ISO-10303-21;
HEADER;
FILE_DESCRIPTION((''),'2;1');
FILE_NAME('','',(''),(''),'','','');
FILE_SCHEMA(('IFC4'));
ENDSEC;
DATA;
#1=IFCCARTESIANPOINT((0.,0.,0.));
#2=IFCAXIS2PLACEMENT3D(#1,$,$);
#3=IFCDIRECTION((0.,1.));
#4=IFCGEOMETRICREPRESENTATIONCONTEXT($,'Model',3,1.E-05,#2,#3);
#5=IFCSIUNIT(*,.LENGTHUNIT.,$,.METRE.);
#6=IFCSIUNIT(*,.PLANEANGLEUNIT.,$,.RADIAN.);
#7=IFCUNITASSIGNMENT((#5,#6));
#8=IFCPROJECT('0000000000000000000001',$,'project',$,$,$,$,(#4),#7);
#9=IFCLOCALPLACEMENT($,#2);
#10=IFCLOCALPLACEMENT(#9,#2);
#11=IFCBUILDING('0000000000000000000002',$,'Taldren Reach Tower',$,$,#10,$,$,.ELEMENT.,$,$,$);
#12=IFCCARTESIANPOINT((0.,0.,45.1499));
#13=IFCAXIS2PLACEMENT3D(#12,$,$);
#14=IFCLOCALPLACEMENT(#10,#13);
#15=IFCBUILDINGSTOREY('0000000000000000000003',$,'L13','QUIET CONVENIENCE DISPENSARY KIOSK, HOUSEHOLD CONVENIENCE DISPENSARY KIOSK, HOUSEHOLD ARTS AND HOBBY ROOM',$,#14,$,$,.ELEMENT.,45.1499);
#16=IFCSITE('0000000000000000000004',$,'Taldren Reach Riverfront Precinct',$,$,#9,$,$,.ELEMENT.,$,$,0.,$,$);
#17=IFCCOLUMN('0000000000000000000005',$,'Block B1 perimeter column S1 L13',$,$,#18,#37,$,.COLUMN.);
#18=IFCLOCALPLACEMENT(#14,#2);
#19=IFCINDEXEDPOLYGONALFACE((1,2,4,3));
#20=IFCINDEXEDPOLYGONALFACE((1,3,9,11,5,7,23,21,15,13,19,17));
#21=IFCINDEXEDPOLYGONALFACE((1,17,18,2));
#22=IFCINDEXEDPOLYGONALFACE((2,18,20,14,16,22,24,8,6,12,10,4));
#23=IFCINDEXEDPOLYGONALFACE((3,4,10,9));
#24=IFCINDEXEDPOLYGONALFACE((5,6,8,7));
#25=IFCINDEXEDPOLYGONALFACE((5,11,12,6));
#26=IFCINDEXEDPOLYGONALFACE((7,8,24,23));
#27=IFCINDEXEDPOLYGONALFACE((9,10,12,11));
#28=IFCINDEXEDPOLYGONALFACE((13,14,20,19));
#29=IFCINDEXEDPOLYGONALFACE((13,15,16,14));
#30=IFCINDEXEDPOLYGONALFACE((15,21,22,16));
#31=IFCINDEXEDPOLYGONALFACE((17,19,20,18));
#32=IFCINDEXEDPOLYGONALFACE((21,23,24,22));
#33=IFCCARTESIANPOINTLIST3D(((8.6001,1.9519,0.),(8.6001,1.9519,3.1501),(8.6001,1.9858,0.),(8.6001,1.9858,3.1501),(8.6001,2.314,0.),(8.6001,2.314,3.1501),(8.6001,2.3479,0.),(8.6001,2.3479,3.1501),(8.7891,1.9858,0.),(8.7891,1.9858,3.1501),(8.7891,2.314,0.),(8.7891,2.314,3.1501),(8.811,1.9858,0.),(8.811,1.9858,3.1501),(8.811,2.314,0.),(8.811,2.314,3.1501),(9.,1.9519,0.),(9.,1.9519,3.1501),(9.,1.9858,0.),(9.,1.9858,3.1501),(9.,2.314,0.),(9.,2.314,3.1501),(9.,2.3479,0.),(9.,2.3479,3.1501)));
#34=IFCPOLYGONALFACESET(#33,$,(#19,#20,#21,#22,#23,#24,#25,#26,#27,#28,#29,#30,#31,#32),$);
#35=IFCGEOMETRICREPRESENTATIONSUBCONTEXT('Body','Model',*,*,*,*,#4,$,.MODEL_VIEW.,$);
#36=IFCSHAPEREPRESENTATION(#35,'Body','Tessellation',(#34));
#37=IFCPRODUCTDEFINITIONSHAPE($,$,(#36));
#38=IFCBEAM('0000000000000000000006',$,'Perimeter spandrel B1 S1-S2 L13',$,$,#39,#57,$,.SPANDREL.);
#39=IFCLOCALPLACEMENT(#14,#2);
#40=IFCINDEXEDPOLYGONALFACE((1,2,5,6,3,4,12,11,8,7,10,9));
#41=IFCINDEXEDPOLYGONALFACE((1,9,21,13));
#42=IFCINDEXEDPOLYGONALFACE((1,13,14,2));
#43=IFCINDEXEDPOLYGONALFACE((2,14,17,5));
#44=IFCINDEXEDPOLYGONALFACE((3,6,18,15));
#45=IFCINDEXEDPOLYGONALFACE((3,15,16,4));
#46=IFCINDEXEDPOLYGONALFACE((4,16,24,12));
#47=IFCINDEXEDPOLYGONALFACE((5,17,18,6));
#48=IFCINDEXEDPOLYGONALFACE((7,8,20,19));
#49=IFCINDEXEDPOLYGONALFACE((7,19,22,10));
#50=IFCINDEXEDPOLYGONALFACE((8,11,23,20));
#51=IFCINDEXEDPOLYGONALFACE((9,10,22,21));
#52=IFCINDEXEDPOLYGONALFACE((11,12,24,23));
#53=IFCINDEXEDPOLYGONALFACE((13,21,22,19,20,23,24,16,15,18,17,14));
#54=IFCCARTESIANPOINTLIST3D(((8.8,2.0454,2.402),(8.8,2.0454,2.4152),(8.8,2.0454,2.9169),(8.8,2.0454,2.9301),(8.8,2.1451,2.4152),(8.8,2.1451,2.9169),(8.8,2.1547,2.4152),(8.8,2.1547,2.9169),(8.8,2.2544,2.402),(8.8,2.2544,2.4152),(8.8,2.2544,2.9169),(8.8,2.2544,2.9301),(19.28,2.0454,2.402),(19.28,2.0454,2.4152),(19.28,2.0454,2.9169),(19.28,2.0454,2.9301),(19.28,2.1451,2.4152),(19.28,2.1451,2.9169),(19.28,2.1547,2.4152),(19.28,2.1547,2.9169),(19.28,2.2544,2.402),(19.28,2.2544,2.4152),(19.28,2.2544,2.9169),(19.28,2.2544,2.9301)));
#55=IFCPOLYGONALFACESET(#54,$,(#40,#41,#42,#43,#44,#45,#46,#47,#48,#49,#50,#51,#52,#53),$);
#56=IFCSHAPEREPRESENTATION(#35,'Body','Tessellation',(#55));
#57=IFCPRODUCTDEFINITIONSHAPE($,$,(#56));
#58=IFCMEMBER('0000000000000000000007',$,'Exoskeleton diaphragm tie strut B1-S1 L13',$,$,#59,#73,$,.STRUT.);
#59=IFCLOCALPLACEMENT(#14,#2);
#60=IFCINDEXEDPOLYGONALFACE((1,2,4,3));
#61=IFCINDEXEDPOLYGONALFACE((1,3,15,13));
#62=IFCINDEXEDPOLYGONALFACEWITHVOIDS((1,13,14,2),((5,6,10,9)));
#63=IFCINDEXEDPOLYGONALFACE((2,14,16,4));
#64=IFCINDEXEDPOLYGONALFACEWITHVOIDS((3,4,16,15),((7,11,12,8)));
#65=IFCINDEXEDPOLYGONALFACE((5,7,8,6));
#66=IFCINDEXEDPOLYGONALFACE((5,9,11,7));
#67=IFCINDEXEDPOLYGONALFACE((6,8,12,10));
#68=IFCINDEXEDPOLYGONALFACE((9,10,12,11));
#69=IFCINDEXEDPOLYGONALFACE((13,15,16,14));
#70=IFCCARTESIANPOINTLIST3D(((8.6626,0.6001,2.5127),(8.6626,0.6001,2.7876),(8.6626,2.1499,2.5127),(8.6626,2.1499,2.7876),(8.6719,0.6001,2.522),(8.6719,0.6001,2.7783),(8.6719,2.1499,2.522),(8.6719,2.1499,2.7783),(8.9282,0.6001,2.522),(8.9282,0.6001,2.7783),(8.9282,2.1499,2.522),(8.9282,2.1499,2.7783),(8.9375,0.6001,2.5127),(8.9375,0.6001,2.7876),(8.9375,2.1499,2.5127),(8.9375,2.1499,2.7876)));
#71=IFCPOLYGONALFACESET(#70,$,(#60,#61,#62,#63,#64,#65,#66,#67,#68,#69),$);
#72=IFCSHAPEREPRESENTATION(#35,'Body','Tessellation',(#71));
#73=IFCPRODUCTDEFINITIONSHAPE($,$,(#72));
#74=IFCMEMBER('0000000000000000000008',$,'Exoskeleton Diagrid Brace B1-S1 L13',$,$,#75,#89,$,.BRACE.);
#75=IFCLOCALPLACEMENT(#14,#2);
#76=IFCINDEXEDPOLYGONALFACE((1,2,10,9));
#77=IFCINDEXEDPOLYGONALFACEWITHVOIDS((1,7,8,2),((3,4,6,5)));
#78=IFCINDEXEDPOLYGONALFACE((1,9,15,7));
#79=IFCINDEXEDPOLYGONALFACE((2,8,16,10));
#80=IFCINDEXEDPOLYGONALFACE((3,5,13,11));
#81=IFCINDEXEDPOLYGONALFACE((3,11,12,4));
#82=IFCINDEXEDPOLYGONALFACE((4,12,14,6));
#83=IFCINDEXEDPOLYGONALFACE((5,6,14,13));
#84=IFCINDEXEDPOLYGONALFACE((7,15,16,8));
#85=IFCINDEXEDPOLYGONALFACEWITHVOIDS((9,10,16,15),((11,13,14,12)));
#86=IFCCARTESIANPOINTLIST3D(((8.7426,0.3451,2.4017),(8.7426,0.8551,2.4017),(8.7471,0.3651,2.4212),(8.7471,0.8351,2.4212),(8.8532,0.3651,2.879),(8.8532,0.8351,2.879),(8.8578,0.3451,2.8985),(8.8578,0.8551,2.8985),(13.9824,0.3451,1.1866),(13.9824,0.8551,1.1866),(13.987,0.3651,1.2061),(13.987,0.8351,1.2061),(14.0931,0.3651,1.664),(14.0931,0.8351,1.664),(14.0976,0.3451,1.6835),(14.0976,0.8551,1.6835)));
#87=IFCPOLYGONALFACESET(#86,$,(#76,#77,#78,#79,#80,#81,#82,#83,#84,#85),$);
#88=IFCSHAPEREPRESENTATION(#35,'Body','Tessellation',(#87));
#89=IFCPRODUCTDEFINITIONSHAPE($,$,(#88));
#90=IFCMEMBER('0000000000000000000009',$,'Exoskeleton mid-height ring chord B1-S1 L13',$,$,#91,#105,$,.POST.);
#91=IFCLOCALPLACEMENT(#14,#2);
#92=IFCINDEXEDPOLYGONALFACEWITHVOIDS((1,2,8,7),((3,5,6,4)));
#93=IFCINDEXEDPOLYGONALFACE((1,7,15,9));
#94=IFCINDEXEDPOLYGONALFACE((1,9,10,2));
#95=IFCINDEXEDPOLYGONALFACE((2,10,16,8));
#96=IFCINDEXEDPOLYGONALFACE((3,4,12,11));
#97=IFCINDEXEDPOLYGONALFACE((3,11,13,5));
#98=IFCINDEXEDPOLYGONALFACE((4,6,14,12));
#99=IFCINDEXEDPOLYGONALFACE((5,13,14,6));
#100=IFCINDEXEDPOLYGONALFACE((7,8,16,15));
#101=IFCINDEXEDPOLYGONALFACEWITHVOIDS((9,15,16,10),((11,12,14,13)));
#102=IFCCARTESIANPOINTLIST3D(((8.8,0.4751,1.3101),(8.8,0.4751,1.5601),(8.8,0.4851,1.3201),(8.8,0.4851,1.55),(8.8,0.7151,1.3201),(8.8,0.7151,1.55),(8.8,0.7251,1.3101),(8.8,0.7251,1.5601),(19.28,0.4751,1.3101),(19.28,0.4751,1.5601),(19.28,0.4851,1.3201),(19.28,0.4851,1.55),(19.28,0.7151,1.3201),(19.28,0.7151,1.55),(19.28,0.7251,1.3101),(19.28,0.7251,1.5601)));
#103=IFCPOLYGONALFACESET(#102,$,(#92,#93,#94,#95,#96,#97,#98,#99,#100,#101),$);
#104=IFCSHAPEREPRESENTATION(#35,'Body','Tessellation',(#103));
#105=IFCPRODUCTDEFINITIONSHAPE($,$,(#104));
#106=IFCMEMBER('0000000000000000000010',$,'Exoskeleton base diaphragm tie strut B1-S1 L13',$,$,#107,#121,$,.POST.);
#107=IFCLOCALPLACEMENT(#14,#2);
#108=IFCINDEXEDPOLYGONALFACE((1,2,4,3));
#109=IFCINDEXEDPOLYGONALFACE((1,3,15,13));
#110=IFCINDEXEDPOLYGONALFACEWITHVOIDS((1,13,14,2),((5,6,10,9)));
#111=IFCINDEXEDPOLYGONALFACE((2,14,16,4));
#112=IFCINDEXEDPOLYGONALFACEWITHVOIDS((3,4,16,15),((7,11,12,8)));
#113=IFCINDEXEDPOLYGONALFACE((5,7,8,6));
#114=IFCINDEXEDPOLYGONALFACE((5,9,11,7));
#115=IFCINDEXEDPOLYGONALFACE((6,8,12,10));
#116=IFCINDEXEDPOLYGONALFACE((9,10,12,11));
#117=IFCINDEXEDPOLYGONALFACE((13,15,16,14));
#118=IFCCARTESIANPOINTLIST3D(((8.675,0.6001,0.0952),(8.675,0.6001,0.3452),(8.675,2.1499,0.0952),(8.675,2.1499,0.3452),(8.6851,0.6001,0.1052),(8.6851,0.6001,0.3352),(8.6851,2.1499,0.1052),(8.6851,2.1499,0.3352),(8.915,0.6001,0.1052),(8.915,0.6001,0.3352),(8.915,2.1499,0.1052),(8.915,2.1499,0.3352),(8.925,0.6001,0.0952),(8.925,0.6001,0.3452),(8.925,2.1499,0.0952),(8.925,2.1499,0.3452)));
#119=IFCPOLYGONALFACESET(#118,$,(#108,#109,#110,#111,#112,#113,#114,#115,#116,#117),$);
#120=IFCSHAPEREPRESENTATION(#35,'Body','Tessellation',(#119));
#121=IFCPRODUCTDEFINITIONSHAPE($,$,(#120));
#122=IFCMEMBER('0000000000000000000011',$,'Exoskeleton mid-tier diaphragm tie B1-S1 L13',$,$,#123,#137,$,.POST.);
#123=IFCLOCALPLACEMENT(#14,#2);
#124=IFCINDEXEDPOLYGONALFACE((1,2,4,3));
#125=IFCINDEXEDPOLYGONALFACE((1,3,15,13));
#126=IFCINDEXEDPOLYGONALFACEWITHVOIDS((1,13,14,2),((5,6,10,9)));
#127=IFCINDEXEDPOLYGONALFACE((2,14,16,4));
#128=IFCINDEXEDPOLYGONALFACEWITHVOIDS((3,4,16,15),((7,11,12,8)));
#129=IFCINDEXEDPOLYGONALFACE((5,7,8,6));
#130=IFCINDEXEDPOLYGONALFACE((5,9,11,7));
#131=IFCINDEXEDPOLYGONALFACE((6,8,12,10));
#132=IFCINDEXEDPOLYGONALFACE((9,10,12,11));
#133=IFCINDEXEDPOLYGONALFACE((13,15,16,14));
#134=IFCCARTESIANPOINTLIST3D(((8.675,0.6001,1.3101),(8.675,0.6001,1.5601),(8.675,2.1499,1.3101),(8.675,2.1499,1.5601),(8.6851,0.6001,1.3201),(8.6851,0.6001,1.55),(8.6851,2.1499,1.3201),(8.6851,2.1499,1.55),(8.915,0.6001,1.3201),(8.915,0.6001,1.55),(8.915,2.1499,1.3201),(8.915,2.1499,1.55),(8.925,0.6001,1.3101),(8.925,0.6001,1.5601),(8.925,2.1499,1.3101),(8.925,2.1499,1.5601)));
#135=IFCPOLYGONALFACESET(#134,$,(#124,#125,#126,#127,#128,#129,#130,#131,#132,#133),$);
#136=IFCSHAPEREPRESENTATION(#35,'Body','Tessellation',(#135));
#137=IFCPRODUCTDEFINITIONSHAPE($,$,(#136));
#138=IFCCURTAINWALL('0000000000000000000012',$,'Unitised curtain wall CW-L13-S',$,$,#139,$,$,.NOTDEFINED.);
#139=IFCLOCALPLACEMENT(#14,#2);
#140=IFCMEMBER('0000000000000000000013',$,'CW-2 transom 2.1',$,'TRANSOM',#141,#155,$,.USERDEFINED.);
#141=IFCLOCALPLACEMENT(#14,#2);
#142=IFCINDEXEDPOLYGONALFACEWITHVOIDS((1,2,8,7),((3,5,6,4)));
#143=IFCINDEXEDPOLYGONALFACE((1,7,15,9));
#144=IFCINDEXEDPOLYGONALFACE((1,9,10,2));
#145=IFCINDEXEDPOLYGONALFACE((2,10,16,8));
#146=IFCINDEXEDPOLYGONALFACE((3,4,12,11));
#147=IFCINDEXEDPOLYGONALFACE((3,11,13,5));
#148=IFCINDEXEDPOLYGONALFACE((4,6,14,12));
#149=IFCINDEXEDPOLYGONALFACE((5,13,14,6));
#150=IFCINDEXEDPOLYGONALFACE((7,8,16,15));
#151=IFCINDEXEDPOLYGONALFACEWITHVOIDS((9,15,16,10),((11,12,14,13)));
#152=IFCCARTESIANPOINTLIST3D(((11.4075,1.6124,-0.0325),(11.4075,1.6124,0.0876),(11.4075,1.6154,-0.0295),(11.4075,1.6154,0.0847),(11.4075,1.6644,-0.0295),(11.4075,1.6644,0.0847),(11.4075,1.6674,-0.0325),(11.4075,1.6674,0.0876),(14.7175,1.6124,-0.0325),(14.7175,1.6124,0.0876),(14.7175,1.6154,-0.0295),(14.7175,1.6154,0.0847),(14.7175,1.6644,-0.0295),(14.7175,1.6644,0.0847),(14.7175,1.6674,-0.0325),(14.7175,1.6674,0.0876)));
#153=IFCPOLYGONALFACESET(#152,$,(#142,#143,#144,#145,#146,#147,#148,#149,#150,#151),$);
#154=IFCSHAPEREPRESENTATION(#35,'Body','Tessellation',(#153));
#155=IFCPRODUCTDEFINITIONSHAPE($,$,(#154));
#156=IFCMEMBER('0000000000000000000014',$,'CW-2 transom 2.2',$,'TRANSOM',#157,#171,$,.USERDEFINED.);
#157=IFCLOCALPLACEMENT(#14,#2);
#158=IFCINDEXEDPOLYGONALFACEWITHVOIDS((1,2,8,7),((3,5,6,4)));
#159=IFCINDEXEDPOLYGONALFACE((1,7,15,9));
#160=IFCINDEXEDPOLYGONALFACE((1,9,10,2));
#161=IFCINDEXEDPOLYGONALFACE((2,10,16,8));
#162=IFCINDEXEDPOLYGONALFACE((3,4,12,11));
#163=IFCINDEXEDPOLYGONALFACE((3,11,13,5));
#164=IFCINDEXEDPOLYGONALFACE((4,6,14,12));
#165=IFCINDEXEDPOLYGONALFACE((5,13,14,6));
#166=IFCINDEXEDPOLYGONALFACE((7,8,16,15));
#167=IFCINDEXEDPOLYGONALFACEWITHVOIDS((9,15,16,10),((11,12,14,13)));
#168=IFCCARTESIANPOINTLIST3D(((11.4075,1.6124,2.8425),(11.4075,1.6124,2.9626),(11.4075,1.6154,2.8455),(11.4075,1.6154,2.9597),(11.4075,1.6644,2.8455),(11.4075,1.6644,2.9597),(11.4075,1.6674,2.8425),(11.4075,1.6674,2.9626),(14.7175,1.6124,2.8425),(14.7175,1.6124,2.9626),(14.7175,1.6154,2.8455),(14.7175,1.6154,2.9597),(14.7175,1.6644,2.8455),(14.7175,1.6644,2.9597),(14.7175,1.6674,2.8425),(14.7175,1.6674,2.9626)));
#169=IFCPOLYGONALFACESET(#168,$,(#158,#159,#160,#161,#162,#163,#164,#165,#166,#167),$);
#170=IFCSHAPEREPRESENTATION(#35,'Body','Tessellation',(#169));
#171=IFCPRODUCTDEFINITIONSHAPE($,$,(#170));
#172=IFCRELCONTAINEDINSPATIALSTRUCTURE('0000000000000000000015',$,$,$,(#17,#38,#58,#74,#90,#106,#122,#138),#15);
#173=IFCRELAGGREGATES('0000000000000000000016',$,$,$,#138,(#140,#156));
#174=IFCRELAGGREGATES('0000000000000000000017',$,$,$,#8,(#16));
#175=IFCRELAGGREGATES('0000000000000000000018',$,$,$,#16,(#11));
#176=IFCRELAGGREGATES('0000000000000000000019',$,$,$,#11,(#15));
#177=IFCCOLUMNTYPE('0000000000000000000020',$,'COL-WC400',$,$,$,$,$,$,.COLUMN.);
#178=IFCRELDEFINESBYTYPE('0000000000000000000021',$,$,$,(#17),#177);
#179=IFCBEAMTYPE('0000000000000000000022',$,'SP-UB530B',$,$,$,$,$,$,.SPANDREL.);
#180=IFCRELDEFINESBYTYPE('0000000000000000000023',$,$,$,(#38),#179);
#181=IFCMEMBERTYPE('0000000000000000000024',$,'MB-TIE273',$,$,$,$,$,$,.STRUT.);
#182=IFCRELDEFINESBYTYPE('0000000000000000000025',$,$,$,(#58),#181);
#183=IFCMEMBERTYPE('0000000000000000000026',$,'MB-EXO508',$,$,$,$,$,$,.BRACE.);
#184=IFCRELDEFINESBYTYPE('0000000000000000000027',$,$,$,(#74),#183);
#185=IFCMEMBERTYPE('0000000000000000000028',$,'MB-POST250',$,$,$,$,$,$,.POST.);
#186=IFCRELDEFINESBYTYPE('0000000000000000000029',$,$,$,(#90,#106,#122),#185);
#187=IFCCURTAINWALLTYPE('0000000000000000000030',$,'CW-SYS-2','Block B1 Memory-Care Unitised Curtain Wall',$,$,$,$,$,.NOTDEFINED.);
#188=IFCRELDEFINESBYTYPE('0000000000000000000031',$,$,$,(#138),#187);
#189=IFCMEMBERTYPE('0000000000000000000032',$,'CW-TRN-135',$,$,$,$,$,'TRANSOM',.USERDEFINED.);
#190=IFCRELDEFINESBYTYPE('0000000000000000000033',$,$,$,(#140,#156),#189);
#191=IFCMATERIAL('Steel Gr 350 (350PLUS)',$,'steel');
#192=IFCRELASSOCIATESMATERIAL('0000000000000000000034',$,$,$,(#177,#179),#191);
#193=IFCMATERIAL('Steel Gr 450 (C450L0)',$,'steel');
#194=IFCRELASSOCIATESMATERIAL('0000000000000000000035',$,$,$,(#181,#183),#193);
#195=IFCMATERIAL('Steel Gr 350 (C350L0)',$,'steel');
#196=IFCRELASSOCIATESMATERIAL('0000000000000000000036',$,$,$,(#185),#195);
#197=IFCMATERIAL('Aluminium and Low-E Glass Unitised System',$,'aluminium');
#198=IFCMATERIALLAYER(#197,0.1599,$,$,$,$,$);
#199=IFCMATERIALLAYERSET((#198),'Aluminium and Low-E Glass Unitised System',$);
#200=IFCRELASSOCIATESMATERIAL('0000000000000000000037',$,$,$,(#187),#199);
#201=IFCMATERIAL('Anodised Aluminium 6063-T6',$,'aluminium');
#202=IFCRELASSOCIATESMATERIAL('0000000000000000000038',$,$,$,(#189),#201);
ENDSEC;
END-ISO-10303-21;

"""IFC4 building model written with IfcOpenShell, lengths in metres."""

from ifc_helpers import new_model, si_unit, direction, frame, origin, origin_2d, place, context, subcontext, project, spatial, hollow_rectangle, i_section, extrude, source, transform, mapped, material, layer, layer_set, material_profile, profile_set, type_object, element, aggregate, save


model = new_model("IFC4")

# Units and contexts
model_context = context("Model", 3, precision=1e-05, world=origin(), true_north=direction((0.0, 1.0)))
body_context = subcontext(model_context, "Body", "Model", "MODEL_VIEW")
ifc_project = project(units=[si_unit("LENGTHUNIT", "METRE"), si_unit("PLANEANGLEUNIT", "RADIAN")], contexts=[model_context])

# Site, building, storey
site_placement = place(None, origin())
site = spatial("IfcSite", under=ifc_project, at=site_placement, Name="Taldren Reach Riverfront Precinct", CompositionType="ELEMENT", RefElevation=0.0)
building_placement = place(site_placement, origin())
building = spatial("IfcBuilding", under=site, at=building_placement, Name="Taldren Reach Tower", CompositionType="ELEMENT")
storey_placement = place(building_placement, frame((0.0, 0.0, 45.1499)))
storey = spatial("IfcBuildingStorey", under=building, at=storey_placement, Name="L13", Description="QUIET CONVENIENCE DISPENSARY KIOSK, HOUSEHOLD CONVENIENCE DISPENSARY KIOSK, HOUSEHOLD ARTS AND HOBBY ROOM", CompositionType="ELEMENT", Elevation=45.1499)

# Column
ifc_material_1 = material(Name="Steel Gr 350 (350PLUS)", Category="steel")
ifc_material_profile_1 = material_profile(ifc_material_1, i_section(OverallWidth=0.3999, OverallDepth=0.396, WebThickness=0.022, FlangeThickness=0.0339, at=origin_2d()), Name="400WC270")
ifc_profile_set_1 = profile_set([ifc_material_profile_1], Name="Steel Gr 350 (350PLUS)")
column_type = type_object("IfcColumnType", Name="COL-WC400", PredefinedType="COLUMN", material=ifc_profile_set_1)
shared_shape_1 = source(origin(), body_context, "Body", "SweptSolid", [
    extrude(i_section(OverallWidth=0.3999, OverallDepth=0.396, WebThickness=0.022, FlangeThickness=0.0339, at=origin_2d()), origin(), (0.0, 0.0, 1.0), 3.1501),
])
column_placement = place(storey_placement, frame((8.8, 2.1499, 0.0), z_axis=(0.0, 0.0, 1.0), x_axis=(1.0, 0.0, 0.0)))
element("IfcColumn", 1, at=column_placement, inside=storey, type_object=column_type, Name="Block B1 perimeter column S1 L13", PredefinedType="COLUMN", context=body_context, shape_type="MappedRepresentation", body=[
    mapped(shared_shape_1, transform((0.0, 0.0, 0.0), scale=1.0)),
])

# Beam
ifc_material_profile_2 = material_profile(ifc_material_1, i_section(OverallWidth=0.209, OverallDepth=0.5281, WebThickness=0.0095, FlangeThickness=0.0132, at=origin_2d()), Name="530UB82.0")
ifc_profile_set_2 = profile_set([ifc_material_profile_2], Name="Steel Gr 350 (350PLUS)")
beam_type = type_object("IfcBeamType", Name="SP-UB530B", PredefinedType="SPANDREL", material=ifc_profile_set_2)
shared_shape_2 = source(origin(), body_context, "Body", "SweptSolid", [
    extrude(i_section(OverallWidth=0.209, OverallDepth=0.5281, WebThickness=0.0095, FlangeThickness=0.0132, at=origin_2d()), origin(), (0.0, 0.0, 1.0), 10.48),
])
beam_placement = place(storey_placement, frame((8.8, 2.1499, 2.666), z_axis=(1.0, 0.0, 0.0), x_axis=(0.0, 1.0, 0.0)))
element("IfcBeam", 2, at=beam_placement, inside=storey, type_object=beam_type, Name="Perimeter spandrel B1 S1-S2 L13", PredefinedType="SPANDREL", context=body_context, shape_type="MappedRepresentation", body=[
    mapped(shared_shape_2, transform((0.0, 0.0, 0.0), scale=1.0)),
])

# Members
ifc_material_2 = material(Name="Steel Gr 450 (C450L0)", Category="steel")
ifc_material_profile_3 = material_profile(ifc_material_2, hollow_rectangle(XDim=0.2749, YDim=0.2749, WallThickness=0.0093, at=origin_2d()), Name="275x275x9.3SHS")
ifc_profile_set_3 = profile_set([ifc_material_profile_3], Name="Steel Gr 450 (C450L0)")
member_type_1 = type_object("IfcMemberType", Name="MB-TIE273", PredefinedType="STRUT", material=ifc_profile_set_3)
shared_shape_3 = source(origin(), body_context, "Body", "SweptSolid", [
    extrude(hollow_rectangle(XDim=0.2749, YDim=0.2749, WallThickness=0.0093, at=origin_2d()), origin(), (0.0, 0.0, 1.0), 1.5498),
])
member_1_placement = place(storey_placement, frame((8.8, 2.1499, 2.6501), z_axis=(0.0, -1.0, 0.0), x_axis=(1.0, 0.0, 0.0)))
element("IfcMember", 3, at=member_1_placement, inside=storey, type_object=member_type_1, Name="Exoskeleton diaphragm tie strut B1-S1 L13", PredefinedType="STRUT", context=body_context, shape_type="MappedRepresentation", body=[
    mapped(shared_shape_3, transform((0.0, 0.0, 0.0), scale=1.0)),
])
ifc_material_profile_4 = material_profile(ifc_material_2, hollow_rectangle(XDim=0.51, YDim=0.51, WallThickness=0.02, at=origin_2d()), Name="510x510x20.0SHS")
ifc_profile_set_4 = profile_set([ifc_material_profile_4], Name="Steel Gr 450 (C450L0)")
member_type_2 = type_object("IfcMemberType", Name="MB-EXO508", PredefinedType="BRACE", material=ifc_profile_set_4)
shared_shape_4 = source(origin(), body_context, "Body", "SweptSolid", [
    extrude(hollow_rectangle(XDim=0.51, YDim=0.51, WallThickness=0.02, at=origin_2d()), origin(), (0.0, 0.0, 1.0), 5.3789),
])
member_2_placement = place(storey_placement, frame((14.04, 0.6001, 1.4351), z_axis=(-0.974152, 0.0, 0.225894), x_axis=(0.0, -1.0, 0.0)))
element("IfcMember", 4, at=member_2_placement, inside=storey, type_object=member_type_2, Name="Exoskeleton Diagrid Brace B1-S1 L13", PredefinedType="BRACE", context=body_context, shape_type="MappedRepresentation", body=[
    mapped(shared_shape_4, transform((0.0, 0.0, 0.0), scale=1.0)),
])
ifc_material_3 = material(Name="Steel Gr 350 (C350L0)", Category="steel")
ifc_material_profile_5 = material_profile(ifc_material_3, hollow_rectangle(XDim=0.25, YDim=0.25, WallThickness=0.01, at=origin_2d()), Name="250x250x10.0SHS")
ifc_profile_set_5 = profile_set([ifc_material_profile_5], Name="Steel Gr 350 (C350L0)")
member_type_3 = type_object("IfcMemberType", Name="MB-POST250", PredefinedType="POST", material=ifc_profile_set_5)
shared_shape_5 = source(origin(), body_context, "Body", "SweptSolid", [
    extrude(hollow_rectangle(XDim=0.25, YDim=0.25, WallThickness=0.01, at=origin_2d()), origin(), (0.0, 0.0, 1.0), 10.48),
])
member_3_placement = place(storey_placement, frame((8.8, 0.6001, 1.4351), z_axis=(1.0, 0.0, 0.0), x_axis=(0.0, 1.0, 0.0)))
element("IfcMember", 5, at=member_3_placement, inside=storey, type_object=member_type_3, Name="Exoskeleton mid-height ring chord B1-S1 L13", PredefinedType="POST", context=body_context, shape_type="MappedRepresentation", body=[
    mapped(shared_shape_5, transform((0.0, 0.0, 0.0), scale=1.0)),
])
shared_shape_6 = source(origin(), body_context, "Body", "SweptSolid", [
    extrude(hollow_rectangle(XDim=0.25, YDim=0.25, WallThickness=0.01, at=origin_2d()), origin(), (0.0, 0.0, 1.0), 1.5498),
])
for number, where, z_axis, x_axis, name in (
    (6, (8.8, 2.1499, 0.2202), (0.0, -1.0, 0.0), (1.0, 0.0, 0.0), "Exoskeleton base diaphragm tie strut B1-S1 L13"),
    (7, (8.8, 2.1499, 1.4351), (0.0, -1.0, 0.0), (1.0, 0.0, 0.0), "Exoskeleton mid-tier diaphragm tie B1-S1 L13"),
):
    element("IfcMember", number, at=place(storey_placement, frame(where, z_axis=z_axis, x_axis=x_axis)), inside=storey, type_object=member_type_3, Name=name, PredefinedType="POST", context=body_context, shape_type="MappedRepresentation", body=[
        mapped(shared_shape_6, transform((0.0, 0.0, 0.0), scale=1.0)),
    ])

# Curtain wall, members
ifc_material_4 = material(Name="Aluminium and Low-E Glass Unitised System", Category="aluminium")
ifc_layer_1 = layer(ifc_material_4, 0.1599)
ifc_layer_set_1 = layer_set([ifc_layer_1], Name="Aluminium and Low-E Glass Unitised System")
curtain_wall_type = type_object("IfcCurtainWallType", Name="CW-SYS-2", Description="Block B1 Memory-Care Unitised Curtain Wall", PredefinedType="NOTDEFINED", material=ifc_layer_set_1)
curtain_wall_placement = place(storey_placement, origin())
curtain_wall = element("IfcCurtainWall", 8, at=curtain_wall_placement, inside=storey, type_object=curtain_wall_type, Name="Unitised curtain wall CW-L13-S", PredefinedType="NOTDEFINED")
ifc_material_5 = material(Name="Anodised Aluminium 6063-T6", Category="aluminium")
ifc_material_profile_6 = material_profile(ifc_material_5, hollow_rectangle(XDim=0.0549, YDim=0.1201, WallThickness=0.0029, at=origin_2d()), Name="ALU-120x55x3RHS")
ifc_profile_set_6 = profile_set([ifc_material_profile_6], Name="Anodised Aluminium 6063-T6")
member_type_4 = type_object("IfcMemberType", Name="CW-TRN-135", ElementType="TRANSOM", PredefinedType="USERDEFINED", material=ifc_profile_set_6)
shared_shape_7 = source(origin(), body_context, "Body", "SweptSolid", [
    extrude(hollow_rectangle(XDim=0.0549, YDim=0.1201, WallThickness=0.0029, at=origin_2d()), origin(), (0.0, 0.0, 1.0), 3.3101),
])
member_4_placement = place(storey_placement, frame((11.4075, 1.6399, 0.0276), z_axis=(1.0, 0.0, 0.0), x_axis=(0.0, 1.0, 0.0)))
member_4 = element("IfcMember", 9, at=member_4_placement, type_object=member_type_4, Name="CW-2 transom 2.1", ObjectType="TRANSOM", PredefinedType="USERDEFINED", context=body_context, shape_type="MappedRepresentation", body=[
    mapped(shared_shape_7, transform((0.0, 0.0, 0.0), scale=1.0)),
])
member_5_placement = place(storey_placement, frame((11.4075, 1.6399, 2.9026), z_axis=(1.0, 0.0, 0.0), x_axis=(0.0, 1.0, 0.0)))
member_5 = element("IfcMember", 10, at=member_5_placement, type_object=member_type_4, Name="CW-2 transom 2.2", ObjectType="TRANSOM", PredefinedType="USERDEFINED", context=body_context, shape_type="MappedRepresentation", body=[
    mapped(shared_shape_7, transform((0.0, 0.0, 0.0), scale=1.0)),
])
aggregate(curtain_wall, [member_4, member_5])

save(model, "model.ifc")
